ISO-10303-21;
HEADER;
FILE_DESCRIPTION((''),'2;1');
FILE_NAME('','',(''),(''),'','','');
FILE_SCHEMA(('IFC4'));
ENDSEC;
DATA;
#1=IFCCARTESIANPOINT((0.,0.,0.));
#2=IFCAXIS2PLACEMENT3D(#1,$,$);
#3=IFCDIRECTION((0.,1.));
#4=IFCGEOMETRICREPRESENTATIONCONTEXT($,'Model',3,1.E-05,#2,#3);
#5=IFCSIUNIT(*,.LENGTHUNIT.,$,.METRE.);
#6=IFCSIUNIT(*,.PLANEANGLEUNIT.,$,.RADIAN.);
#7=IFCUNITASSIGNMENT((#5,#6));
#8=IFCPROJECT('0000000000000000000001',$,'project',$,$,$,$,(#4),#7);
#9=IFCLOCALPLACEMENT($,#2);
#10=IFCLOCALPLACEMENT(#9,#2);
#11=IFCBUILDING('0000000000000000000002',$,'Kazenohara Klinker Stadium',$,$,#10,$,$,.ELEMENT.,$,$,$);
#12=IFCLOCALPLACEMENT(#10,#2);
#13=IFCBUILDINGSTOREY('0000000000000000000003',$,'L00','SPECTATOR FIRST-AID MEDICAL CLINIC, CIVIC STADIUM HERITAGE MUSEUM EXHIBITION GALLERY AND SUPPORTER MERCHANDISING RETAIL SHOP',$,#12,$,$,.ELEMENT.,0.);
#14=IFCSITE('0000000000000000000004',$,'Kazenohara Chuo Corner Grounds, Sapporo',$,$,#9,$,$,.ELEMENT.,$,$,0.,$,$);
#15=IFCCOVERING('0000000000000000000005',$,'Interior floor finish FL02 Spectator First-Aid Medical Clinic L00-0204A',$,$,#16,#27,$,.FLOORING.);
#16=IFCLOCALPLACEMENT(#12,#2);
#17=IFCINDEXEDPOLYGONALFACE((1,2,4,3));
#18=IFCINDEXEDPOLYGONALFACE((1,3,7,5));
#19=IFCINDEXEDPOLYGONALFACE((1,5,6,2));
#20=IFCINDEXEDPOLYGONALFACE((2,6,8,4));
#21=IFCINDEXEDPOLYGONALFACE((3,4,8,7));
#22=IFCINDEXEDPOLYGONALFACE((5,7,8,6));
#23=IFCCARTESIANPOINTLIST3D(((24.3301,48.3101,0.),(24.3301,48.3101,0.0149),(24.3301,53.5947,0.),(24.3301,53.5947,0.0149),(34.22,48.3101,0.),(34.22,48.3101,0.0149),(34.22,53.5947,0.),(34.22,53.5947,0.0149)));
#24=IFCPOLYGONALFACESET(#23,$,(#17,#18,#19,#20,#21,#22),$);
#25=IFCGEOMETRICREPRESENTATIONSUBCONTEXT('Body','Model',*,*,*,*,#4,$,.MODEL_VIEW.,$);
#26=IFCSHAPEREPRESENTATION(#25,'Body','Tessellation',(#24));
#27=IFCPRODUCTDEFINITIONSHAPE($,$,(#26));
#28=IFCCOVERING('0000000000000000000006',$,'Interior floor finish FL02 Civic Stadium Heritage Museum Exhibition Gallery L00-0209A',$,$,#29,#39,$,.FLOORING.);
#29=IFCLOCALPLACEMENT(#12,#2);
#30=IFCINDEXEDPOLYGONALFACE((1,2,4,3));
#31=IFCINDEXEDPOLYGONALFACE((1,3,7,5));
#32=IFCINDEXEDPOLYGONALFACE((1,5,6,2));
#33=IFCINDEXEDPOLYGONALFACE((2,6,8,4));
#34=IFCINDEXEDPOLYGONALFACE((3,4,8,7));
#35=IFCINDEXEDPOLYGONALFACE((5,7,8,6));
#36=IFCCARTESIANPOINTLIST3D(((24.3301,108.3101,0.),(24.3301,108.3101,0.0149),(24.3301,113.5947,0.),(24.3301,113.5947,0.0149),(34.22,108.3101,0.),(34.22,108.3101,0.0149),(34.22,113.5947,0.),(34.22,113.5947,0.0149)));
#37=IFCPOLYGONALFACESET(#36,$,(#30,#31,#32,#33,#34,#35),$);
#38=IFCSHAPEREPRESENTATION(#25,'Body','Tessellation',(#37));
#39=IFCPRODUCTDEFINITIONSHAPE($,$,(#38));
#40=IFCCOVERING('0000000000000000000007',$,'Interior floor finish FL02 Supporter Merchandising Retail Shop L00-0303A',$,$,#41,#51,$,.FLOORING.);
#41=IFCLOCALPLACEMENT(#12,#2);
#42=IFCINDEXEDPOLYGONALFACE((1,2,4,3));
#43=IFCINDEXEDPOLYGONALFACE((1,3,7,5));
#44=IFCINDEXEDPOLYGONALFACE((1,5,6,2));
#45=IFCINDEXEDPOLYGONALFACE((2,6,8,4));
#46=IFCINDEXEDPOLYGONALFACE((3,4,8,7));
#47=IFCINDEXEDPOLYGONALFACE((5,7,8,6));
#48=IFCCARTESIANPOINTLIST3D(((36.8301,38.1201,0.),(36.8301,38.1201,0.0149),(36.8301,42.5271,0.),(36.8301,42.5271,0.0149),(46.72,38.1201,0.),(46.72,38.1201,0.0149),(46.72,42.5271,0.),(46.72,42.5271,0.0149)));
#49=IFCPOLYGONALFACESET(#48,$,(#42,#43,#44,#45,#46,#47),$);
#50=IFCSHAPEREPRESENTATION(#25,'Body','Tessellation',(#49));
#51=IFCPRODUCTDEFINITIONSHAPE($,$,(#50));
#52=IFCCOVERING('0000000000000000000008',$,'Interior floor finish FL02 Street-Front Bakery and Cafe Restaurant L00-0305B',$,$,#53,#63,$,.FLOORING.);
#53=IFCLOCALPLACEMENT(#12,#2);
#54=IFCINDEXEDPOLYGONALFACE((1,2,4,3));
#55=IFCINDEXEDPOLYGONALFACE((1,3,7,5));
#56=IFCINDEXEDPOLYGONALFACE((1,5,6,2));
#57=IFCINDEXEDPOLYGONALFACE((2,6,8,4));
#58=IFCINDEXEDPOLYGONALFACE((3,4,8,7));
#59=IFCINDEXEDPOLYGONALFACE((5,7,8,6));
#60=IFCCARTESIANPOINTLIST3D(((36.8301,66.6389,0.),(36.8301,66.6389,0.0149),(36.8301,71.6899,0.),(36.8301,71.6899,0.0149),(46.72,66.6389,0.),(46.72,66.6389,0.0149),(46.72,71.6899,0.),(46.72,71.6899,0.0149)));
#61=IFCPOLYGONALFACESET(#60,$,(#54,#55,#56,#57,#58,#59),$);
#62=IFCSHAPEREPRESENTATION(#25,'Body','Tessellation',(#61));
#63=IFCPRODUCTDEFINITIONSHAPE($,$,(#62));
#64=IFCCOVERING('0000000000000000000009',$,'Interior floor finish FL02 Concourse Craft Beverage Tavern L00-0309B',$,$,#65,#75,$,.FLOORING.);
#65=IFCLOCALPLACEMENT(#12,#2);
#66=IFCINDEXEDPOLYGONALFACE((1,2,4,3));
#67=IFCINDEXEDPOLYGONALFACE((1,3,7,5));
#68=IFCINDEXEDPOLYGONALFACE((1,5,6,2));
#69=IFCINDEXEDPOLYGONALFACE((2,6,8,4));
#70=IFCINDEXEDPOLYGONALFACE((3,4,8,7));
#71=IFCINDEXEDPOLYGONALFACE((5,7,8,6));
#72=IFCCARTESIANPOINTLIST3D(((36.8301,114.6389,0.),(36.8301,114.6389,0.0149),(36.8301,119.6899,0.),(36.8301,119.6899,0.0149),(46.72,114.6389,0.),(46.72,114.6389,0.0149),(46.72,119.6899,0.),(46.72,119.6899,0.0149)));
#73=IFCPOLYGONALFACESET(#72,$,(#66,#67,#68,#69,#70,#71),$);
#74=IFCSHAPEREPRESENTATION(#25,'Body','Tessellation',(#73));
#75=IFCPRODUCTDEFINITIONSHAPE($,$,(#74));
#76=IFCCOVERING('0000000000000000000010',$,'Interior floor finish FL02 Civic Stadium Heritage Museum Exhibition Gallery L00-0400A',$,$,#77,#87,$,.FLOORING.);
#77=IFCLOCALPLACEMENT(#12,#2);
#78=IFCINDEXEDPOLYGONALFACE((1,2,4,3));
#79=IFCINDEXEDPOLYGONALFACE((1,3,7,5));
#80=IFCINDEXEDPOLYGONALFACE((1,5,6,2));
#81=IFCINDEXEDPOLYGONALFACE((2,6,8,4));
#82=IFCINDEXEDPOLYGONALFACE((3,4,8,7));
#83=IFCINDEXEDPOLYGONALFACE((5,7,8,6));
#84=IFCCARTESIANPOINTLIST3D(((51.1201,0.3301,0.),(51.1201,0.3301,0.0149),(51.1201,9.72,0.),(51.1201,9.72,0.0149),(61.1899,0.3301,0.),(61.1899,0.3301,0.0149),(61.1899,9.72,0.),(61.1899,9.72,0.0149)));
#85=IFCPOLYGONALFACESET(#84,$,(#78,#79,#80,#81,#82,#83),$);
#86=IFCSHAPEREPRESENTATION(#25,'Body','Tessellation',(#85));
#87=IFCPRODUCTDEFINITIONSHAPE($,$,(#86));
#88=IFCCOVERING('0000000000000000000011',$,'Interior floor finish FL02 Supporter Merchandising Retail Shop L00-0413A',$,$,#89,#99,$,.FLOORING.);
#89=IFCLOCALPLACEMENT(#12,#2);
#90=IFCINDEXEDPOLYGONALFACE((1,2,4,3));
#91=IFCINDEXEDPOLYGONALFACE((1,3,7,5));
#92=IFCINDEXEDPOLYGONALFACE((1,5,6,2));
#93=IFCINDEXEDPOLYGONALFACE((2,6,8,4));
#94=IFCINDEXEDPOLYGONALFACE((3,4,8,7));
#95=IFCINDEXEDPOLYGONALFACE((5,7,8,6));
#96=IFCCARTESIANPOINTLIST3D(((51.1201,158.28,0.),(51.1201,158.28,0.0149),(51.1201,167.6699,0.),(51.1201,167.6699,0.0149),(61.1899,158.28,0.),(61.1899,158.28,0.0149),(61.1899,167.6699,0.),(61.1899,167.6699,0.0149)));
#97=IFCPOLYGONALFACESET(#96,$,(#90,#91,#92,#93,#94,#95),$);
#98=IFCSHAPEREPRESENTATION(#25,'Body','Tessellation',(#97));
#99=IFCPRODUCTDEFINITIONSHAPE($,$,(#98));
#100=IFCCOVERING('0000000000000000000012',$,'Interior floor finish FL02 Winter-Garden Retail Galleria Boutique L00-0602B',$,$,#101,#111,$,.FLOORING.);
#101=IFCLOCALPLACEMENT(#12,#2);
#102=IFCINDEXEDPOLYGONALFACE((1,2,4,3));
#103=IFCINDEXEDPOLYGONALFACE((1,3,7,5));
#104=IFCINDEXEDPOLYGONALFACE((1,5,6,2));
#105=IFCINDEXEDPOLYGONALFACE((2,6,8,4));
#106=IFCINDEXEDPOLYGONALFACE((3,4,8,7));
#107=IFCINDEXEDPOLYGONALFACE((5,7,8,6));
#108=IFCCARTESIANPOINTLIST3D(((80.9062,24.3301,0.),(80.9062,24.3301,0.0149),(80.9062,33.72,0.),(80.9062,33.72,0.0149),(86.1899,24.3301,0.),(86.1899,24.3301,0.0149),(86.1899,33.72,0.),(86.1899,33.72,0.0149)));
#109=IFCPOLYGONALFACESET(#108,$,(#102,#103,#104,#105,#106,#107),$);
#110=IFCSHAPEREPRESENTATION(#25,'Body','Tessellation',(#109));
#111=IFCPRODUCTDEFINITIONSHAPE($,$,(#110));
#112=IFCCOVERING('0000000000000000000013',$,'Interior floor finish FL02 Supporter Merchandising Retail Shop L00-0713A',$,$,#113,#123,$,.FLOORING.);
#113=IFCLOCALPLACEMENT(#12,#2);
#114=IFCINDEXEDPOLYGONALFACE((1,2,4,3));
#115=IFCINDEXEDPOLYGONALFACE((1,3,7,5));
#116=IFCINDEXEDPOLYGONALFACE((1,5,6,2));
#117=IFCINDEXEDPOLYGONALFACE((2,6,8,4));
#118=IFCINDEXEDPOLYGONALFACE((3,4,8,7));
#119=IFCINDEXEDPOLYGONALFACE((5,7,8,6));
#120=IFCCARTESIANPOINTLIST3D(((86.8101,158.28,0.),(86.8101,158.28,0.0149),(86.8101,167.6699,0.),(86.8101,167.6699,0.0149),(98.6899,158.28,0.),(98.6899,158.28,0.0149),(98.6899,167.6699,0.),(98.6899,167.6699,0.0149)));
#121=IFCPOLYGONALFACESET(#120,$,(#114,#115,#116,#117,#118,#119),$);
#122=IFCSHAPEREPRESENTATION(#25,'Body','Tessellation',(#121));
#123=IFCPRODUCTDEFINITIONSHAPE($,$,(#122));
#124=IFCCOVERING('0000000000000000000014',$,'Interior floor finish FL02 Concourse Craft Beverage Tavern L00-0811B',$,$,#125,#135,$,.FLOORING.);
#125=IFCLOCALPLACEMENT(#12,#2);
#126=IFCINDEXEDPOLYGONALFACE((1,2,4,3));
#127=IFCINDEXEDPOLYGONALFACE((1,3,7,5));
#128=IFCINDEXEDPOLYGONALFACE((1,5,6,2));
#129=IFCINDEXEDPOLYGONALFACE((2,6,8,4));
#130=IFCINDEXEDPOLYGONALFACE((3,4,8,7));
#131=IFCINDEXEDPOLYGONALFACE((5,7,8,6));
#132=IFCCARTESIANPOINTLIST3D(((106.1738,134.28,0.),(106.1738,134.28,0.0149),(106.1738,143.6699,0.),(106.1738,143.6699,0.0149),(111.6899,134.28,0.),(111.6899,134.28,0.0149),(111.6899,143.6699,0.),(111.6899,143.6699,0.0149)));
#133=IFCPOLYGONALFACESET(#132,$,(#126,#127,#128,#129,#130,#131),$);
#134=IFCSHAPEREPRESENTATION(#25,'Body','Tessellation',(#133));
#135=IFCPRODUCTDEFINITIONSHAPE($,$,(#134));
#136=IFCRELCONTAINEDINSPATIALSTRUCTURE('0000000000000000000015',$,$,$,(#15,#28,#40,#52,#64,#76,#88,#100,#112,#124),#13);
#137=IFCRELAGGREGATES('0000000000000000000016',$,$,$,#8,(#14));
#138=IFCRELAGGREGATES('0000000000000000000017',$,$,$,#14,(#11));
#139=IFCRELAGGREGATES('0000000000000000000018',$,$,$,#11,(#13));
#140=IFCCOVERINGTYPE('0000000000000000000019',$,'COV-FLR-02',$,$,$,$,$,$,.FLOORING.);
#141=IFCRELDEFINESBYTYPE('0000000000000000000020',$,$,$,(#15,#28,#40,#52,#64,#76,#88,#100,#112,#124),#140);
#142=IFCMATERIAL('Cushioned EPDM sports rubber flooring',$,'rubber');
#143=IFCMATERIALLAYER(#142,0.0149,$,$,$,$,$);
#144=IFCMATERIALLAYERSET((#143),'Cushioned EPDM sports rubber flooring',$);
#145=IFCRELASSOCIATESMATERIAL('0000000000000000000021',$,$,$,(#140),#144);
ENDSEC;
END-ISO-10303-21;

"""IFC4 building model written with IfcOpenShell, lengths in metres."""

from ifc_helpers import new_model, si_unit, direction, origin, place, context, subcontext, project, spatial, polyline, outline, extrude, material, layer, layer_set, type_object, element, save


model = new_model("IFC4")

# Units and contexts
model_context = context("Model", 3, precision=1e-05, world=origin(), true_north=direction((0.0, 1.0)))
body_context = subcontext(model_context, "Body", "Model", "MODEL_VIEW")
ifc_project = project(units=[si_unit("LENGTHUNIT", "METRE"), si_unit("PLANEANGLEUNIT", "RADIAN")], contexts=[model_context])

# Site, building, storey
site_placement = place(None, origin())
site = spatial("IfcSite", under=ifc_project, at=site_placement, Name="Kazenohara Chuo Corner Grounds, Sapporo", CompositionType="ELEMENT", RefElevation=0.0)
building_placement = place(site_placement, origin())
building = spatial("IfcBuilding", under=site, at=building_placement, Name="Kazenohara Klinker Stadium", CompositionType="ELEMENT")
storey_placement = place(building_placement, origin())
storey = spatial("IfcBuildingStorey", under=building, at=storey_placement, Name="L00", Description="SPECTATOR FIRST-AID MEDICAL CLINIC, CIVIC STADIUM HERITAGE MUSEUM EXHIBITION GALLERY AND SUPPORTER MERCHANDISING RETAIL SHOP", CompositionType="ELEMENT", Elevation=0.0)

# Coverings
ifc_material_1 = material(Name="Cushioned EPDM sports rubber flooring", Category="rubber")
ifc_layer_1 = layer(ifc_material_1, 0.0149)
ifc_layer_set_1 = layer_set([ifc_layer_1], Name="Cushioned EPDM sports rubber flooring")
covering_type_1 = type_object("IfcCoveringType", Name="COV-FLR-02", PredefinedType="FLOORING", material=ifc_layer_set_1)
covering_1_placement = place(storey_placement, origin())
element("IfcCovering", 1, at=covering_1_placement, inside=storey, type_object=covering_type_1, Name="Interior floor finish FL02 Spectator First-Aid Medical Clinic L00-0204A", PredefinedType="FLOORING", context=body_context, shape_type="SweptSolid", body=[
    extrude(outline(polyline([(24.3301, 48.3101), (34.22, 48.3101), (34.22, 53.5947), (24.3301, 53.5947), (24.3301, 48.3101)])), origin(), (0.0, 0.0, 1.0), 0.0149),
])
covering_2_placement = place(storey_placement, origin())
element("IfcCovering", 2, at=covering_2_placement, inside=storey, type_object=covering_type_1, Name="Interior floor finish FL02 Civic Stadium Heritage Museum Exhibition Gallery L00-0209A", PredefinedType="FLOORING", context=body_context, shape_type="SweptSolid", body=[
    extrude(outline(polyline([(24.3301, 108.3101), (34.22, 108.3101), (34.22, 113.5947), (24.3301, 113.5947), (24.3301, 108.3101)])), origin(), (0.0, 0.0, 1.0), 0.0149),
])
covering_3_placement = place(storey_placement, origin())
element("IfcCovering", 3, at=covering_3_placement, inside=storey, type_object=covering_type_1, Name="Interior floor finish FL02 Supporter Merchandising Retail Shop L00-0303A", PredefinedType="FLOORING", context=body_context, shape_type="SweptSolid", body=[
    extrude(outline(polyline([(36.8301, 38.1201), (46.72, 38.1201), (46.72, 42.5271), (36.8301, 42.5271), (36.8301, 38.1201)])), origin(), (0.0, 0.0, 1.0), 0.0149),
])
covering_4_placement = place(storey_placement, origin())
element("IfcCovering", 4, at=covering_4_placement, inside=storey, type_object=covering_type_1, Name="Interior floor finish FL02 Street-Front Bakery and Cafe Restaurant L00-0305B", PredefinedType="FLOORING", context=body_context, shape_type="SweptSolid", body=[
    extrude(outline(polyline([(36.8301, 66.6389), (46.72, 66.6389), (46.72, 71.6899), (36.8301, 71.6899), (36.8301, 66.6389)])), origin(), (0.0, 0.0, 1.0), 0.0149),
])
covering_5_placement = place(storey_placement, origin())
element("IfcCovering", 5, at=covering_5_placement, inside=storey, type_object=covering_type_1, Name="Interior floor finish FL02 Concourse Craft Beverage Tavern L00-0309B", PredefinedType="FLOORING", context=body_context, shape_type="SweptSolid", body=[
    extrude(outline(polyline([(36.8301, 114.6389), (46.72, 114.6389), (46.72, 119.6899), (36.8301, 119.6899), (36.8301, 114.6389)])), origin(), (0.0, 0.0, 1.0), 0.0149),
])
covering_6_placement = place(storey_placement, origin())
element("IfcCovering", 6, at=covering_6_placement, inside=storey, type_object=covering_type_1, Name="Interior floor finish FL02 Civic Stadium Heritage Museum Exhibition Gallery L00-0400A", PredefinedType="FLOORING", context=body_context, shape_type="SweptSolid", body=[
    extrude(outline(polyline([(51.1201, 0.3301), (61.1899, 0.3301), (61.1899, 9.72), (51.1201, 9.72), (51.1201, 0.3301)])), origin(), (0.0, 0.0, 1.0), 0.0149),
])
covering_7_placement = place(storey_placement, origin())
element("IfcCovering", 7, at=covering_7_placement, inside=storey, type_object=covering_type_1, Name="Interior floor finish FL02 Supporter Merchandising Retail Shop L00-0413A", PredefinedType="FLOORING", context=body_context, shape_type="SweptSolid", body=[
    extrude(outline(polyline([(51.1201, 158.28), (61.1899, 158.28), (61.1899, 167.6699), (51.1201, 167.6699), (51.1201, 158.28)])), origin(), (0.0, 0.0, 1.0), 0.0149),
])
covering_8_placement = place(storey_placement, origin())
element("IfcCovering", 8, at=covering_8_placement, inside=storey, type_object=covering_type_1, Name="Interior floor finish FL02 Winter-Garden Retail Galleria Boutique L00-0602B", PredefinedType="FLOORING", context=body_context, shape_type="SweptSolid", body=[
    extrude(outline(polyline([(80.9062, 24.3301), (86.1899, 24.3301), (86.1899, 33.72), (80.9062, 33.72), (80.9062, 24.3301)])), origin(), (0.0, 0.0, 1.0), 0.0149),
])
covering_9_placement = place(storey_placement, origin())
element("IfcCovering", 9, at=covering_9_placement, inside=storey, type_object=covering_type_1, Name="Interior floor finish FL02 Supporter Merchandising Retail Shop L00-0713A", PredefinedType="FLOORING", context=body_context, shape_type="SweptSolid", body=[
    extrude(outline(polyline([(86.8101, 158.28), (98.6899, 158.28), (98.6899, 167.6699), (86.8101, 167.6699), (86.8101, 158.28)])), origin(), (0.0, 0.0, 1.0), 0.0149),
])
covering_10_placement = place(storey_placement, origin())
element("IfcCovering", 10, at=covering_10_placement, inside=storey, type_object=covering_type_1, Name="Interior floor finish FL02 Concourse Craft Beverage Tavern L00-0811B", PredefinedType="FLOORING", context=body_context, shape_type="SweptSolid", body=[
    extrude(outline(polyline([(106.1738, 134.28), (111.6899, 134.28), (111.6899, 143.6699), (106.1738, 143.6699), (106.1738, 134.28)])), origin(), (0.0, 0.0, 1.0), 0.0149),
])

save(model, "model.ifc")
